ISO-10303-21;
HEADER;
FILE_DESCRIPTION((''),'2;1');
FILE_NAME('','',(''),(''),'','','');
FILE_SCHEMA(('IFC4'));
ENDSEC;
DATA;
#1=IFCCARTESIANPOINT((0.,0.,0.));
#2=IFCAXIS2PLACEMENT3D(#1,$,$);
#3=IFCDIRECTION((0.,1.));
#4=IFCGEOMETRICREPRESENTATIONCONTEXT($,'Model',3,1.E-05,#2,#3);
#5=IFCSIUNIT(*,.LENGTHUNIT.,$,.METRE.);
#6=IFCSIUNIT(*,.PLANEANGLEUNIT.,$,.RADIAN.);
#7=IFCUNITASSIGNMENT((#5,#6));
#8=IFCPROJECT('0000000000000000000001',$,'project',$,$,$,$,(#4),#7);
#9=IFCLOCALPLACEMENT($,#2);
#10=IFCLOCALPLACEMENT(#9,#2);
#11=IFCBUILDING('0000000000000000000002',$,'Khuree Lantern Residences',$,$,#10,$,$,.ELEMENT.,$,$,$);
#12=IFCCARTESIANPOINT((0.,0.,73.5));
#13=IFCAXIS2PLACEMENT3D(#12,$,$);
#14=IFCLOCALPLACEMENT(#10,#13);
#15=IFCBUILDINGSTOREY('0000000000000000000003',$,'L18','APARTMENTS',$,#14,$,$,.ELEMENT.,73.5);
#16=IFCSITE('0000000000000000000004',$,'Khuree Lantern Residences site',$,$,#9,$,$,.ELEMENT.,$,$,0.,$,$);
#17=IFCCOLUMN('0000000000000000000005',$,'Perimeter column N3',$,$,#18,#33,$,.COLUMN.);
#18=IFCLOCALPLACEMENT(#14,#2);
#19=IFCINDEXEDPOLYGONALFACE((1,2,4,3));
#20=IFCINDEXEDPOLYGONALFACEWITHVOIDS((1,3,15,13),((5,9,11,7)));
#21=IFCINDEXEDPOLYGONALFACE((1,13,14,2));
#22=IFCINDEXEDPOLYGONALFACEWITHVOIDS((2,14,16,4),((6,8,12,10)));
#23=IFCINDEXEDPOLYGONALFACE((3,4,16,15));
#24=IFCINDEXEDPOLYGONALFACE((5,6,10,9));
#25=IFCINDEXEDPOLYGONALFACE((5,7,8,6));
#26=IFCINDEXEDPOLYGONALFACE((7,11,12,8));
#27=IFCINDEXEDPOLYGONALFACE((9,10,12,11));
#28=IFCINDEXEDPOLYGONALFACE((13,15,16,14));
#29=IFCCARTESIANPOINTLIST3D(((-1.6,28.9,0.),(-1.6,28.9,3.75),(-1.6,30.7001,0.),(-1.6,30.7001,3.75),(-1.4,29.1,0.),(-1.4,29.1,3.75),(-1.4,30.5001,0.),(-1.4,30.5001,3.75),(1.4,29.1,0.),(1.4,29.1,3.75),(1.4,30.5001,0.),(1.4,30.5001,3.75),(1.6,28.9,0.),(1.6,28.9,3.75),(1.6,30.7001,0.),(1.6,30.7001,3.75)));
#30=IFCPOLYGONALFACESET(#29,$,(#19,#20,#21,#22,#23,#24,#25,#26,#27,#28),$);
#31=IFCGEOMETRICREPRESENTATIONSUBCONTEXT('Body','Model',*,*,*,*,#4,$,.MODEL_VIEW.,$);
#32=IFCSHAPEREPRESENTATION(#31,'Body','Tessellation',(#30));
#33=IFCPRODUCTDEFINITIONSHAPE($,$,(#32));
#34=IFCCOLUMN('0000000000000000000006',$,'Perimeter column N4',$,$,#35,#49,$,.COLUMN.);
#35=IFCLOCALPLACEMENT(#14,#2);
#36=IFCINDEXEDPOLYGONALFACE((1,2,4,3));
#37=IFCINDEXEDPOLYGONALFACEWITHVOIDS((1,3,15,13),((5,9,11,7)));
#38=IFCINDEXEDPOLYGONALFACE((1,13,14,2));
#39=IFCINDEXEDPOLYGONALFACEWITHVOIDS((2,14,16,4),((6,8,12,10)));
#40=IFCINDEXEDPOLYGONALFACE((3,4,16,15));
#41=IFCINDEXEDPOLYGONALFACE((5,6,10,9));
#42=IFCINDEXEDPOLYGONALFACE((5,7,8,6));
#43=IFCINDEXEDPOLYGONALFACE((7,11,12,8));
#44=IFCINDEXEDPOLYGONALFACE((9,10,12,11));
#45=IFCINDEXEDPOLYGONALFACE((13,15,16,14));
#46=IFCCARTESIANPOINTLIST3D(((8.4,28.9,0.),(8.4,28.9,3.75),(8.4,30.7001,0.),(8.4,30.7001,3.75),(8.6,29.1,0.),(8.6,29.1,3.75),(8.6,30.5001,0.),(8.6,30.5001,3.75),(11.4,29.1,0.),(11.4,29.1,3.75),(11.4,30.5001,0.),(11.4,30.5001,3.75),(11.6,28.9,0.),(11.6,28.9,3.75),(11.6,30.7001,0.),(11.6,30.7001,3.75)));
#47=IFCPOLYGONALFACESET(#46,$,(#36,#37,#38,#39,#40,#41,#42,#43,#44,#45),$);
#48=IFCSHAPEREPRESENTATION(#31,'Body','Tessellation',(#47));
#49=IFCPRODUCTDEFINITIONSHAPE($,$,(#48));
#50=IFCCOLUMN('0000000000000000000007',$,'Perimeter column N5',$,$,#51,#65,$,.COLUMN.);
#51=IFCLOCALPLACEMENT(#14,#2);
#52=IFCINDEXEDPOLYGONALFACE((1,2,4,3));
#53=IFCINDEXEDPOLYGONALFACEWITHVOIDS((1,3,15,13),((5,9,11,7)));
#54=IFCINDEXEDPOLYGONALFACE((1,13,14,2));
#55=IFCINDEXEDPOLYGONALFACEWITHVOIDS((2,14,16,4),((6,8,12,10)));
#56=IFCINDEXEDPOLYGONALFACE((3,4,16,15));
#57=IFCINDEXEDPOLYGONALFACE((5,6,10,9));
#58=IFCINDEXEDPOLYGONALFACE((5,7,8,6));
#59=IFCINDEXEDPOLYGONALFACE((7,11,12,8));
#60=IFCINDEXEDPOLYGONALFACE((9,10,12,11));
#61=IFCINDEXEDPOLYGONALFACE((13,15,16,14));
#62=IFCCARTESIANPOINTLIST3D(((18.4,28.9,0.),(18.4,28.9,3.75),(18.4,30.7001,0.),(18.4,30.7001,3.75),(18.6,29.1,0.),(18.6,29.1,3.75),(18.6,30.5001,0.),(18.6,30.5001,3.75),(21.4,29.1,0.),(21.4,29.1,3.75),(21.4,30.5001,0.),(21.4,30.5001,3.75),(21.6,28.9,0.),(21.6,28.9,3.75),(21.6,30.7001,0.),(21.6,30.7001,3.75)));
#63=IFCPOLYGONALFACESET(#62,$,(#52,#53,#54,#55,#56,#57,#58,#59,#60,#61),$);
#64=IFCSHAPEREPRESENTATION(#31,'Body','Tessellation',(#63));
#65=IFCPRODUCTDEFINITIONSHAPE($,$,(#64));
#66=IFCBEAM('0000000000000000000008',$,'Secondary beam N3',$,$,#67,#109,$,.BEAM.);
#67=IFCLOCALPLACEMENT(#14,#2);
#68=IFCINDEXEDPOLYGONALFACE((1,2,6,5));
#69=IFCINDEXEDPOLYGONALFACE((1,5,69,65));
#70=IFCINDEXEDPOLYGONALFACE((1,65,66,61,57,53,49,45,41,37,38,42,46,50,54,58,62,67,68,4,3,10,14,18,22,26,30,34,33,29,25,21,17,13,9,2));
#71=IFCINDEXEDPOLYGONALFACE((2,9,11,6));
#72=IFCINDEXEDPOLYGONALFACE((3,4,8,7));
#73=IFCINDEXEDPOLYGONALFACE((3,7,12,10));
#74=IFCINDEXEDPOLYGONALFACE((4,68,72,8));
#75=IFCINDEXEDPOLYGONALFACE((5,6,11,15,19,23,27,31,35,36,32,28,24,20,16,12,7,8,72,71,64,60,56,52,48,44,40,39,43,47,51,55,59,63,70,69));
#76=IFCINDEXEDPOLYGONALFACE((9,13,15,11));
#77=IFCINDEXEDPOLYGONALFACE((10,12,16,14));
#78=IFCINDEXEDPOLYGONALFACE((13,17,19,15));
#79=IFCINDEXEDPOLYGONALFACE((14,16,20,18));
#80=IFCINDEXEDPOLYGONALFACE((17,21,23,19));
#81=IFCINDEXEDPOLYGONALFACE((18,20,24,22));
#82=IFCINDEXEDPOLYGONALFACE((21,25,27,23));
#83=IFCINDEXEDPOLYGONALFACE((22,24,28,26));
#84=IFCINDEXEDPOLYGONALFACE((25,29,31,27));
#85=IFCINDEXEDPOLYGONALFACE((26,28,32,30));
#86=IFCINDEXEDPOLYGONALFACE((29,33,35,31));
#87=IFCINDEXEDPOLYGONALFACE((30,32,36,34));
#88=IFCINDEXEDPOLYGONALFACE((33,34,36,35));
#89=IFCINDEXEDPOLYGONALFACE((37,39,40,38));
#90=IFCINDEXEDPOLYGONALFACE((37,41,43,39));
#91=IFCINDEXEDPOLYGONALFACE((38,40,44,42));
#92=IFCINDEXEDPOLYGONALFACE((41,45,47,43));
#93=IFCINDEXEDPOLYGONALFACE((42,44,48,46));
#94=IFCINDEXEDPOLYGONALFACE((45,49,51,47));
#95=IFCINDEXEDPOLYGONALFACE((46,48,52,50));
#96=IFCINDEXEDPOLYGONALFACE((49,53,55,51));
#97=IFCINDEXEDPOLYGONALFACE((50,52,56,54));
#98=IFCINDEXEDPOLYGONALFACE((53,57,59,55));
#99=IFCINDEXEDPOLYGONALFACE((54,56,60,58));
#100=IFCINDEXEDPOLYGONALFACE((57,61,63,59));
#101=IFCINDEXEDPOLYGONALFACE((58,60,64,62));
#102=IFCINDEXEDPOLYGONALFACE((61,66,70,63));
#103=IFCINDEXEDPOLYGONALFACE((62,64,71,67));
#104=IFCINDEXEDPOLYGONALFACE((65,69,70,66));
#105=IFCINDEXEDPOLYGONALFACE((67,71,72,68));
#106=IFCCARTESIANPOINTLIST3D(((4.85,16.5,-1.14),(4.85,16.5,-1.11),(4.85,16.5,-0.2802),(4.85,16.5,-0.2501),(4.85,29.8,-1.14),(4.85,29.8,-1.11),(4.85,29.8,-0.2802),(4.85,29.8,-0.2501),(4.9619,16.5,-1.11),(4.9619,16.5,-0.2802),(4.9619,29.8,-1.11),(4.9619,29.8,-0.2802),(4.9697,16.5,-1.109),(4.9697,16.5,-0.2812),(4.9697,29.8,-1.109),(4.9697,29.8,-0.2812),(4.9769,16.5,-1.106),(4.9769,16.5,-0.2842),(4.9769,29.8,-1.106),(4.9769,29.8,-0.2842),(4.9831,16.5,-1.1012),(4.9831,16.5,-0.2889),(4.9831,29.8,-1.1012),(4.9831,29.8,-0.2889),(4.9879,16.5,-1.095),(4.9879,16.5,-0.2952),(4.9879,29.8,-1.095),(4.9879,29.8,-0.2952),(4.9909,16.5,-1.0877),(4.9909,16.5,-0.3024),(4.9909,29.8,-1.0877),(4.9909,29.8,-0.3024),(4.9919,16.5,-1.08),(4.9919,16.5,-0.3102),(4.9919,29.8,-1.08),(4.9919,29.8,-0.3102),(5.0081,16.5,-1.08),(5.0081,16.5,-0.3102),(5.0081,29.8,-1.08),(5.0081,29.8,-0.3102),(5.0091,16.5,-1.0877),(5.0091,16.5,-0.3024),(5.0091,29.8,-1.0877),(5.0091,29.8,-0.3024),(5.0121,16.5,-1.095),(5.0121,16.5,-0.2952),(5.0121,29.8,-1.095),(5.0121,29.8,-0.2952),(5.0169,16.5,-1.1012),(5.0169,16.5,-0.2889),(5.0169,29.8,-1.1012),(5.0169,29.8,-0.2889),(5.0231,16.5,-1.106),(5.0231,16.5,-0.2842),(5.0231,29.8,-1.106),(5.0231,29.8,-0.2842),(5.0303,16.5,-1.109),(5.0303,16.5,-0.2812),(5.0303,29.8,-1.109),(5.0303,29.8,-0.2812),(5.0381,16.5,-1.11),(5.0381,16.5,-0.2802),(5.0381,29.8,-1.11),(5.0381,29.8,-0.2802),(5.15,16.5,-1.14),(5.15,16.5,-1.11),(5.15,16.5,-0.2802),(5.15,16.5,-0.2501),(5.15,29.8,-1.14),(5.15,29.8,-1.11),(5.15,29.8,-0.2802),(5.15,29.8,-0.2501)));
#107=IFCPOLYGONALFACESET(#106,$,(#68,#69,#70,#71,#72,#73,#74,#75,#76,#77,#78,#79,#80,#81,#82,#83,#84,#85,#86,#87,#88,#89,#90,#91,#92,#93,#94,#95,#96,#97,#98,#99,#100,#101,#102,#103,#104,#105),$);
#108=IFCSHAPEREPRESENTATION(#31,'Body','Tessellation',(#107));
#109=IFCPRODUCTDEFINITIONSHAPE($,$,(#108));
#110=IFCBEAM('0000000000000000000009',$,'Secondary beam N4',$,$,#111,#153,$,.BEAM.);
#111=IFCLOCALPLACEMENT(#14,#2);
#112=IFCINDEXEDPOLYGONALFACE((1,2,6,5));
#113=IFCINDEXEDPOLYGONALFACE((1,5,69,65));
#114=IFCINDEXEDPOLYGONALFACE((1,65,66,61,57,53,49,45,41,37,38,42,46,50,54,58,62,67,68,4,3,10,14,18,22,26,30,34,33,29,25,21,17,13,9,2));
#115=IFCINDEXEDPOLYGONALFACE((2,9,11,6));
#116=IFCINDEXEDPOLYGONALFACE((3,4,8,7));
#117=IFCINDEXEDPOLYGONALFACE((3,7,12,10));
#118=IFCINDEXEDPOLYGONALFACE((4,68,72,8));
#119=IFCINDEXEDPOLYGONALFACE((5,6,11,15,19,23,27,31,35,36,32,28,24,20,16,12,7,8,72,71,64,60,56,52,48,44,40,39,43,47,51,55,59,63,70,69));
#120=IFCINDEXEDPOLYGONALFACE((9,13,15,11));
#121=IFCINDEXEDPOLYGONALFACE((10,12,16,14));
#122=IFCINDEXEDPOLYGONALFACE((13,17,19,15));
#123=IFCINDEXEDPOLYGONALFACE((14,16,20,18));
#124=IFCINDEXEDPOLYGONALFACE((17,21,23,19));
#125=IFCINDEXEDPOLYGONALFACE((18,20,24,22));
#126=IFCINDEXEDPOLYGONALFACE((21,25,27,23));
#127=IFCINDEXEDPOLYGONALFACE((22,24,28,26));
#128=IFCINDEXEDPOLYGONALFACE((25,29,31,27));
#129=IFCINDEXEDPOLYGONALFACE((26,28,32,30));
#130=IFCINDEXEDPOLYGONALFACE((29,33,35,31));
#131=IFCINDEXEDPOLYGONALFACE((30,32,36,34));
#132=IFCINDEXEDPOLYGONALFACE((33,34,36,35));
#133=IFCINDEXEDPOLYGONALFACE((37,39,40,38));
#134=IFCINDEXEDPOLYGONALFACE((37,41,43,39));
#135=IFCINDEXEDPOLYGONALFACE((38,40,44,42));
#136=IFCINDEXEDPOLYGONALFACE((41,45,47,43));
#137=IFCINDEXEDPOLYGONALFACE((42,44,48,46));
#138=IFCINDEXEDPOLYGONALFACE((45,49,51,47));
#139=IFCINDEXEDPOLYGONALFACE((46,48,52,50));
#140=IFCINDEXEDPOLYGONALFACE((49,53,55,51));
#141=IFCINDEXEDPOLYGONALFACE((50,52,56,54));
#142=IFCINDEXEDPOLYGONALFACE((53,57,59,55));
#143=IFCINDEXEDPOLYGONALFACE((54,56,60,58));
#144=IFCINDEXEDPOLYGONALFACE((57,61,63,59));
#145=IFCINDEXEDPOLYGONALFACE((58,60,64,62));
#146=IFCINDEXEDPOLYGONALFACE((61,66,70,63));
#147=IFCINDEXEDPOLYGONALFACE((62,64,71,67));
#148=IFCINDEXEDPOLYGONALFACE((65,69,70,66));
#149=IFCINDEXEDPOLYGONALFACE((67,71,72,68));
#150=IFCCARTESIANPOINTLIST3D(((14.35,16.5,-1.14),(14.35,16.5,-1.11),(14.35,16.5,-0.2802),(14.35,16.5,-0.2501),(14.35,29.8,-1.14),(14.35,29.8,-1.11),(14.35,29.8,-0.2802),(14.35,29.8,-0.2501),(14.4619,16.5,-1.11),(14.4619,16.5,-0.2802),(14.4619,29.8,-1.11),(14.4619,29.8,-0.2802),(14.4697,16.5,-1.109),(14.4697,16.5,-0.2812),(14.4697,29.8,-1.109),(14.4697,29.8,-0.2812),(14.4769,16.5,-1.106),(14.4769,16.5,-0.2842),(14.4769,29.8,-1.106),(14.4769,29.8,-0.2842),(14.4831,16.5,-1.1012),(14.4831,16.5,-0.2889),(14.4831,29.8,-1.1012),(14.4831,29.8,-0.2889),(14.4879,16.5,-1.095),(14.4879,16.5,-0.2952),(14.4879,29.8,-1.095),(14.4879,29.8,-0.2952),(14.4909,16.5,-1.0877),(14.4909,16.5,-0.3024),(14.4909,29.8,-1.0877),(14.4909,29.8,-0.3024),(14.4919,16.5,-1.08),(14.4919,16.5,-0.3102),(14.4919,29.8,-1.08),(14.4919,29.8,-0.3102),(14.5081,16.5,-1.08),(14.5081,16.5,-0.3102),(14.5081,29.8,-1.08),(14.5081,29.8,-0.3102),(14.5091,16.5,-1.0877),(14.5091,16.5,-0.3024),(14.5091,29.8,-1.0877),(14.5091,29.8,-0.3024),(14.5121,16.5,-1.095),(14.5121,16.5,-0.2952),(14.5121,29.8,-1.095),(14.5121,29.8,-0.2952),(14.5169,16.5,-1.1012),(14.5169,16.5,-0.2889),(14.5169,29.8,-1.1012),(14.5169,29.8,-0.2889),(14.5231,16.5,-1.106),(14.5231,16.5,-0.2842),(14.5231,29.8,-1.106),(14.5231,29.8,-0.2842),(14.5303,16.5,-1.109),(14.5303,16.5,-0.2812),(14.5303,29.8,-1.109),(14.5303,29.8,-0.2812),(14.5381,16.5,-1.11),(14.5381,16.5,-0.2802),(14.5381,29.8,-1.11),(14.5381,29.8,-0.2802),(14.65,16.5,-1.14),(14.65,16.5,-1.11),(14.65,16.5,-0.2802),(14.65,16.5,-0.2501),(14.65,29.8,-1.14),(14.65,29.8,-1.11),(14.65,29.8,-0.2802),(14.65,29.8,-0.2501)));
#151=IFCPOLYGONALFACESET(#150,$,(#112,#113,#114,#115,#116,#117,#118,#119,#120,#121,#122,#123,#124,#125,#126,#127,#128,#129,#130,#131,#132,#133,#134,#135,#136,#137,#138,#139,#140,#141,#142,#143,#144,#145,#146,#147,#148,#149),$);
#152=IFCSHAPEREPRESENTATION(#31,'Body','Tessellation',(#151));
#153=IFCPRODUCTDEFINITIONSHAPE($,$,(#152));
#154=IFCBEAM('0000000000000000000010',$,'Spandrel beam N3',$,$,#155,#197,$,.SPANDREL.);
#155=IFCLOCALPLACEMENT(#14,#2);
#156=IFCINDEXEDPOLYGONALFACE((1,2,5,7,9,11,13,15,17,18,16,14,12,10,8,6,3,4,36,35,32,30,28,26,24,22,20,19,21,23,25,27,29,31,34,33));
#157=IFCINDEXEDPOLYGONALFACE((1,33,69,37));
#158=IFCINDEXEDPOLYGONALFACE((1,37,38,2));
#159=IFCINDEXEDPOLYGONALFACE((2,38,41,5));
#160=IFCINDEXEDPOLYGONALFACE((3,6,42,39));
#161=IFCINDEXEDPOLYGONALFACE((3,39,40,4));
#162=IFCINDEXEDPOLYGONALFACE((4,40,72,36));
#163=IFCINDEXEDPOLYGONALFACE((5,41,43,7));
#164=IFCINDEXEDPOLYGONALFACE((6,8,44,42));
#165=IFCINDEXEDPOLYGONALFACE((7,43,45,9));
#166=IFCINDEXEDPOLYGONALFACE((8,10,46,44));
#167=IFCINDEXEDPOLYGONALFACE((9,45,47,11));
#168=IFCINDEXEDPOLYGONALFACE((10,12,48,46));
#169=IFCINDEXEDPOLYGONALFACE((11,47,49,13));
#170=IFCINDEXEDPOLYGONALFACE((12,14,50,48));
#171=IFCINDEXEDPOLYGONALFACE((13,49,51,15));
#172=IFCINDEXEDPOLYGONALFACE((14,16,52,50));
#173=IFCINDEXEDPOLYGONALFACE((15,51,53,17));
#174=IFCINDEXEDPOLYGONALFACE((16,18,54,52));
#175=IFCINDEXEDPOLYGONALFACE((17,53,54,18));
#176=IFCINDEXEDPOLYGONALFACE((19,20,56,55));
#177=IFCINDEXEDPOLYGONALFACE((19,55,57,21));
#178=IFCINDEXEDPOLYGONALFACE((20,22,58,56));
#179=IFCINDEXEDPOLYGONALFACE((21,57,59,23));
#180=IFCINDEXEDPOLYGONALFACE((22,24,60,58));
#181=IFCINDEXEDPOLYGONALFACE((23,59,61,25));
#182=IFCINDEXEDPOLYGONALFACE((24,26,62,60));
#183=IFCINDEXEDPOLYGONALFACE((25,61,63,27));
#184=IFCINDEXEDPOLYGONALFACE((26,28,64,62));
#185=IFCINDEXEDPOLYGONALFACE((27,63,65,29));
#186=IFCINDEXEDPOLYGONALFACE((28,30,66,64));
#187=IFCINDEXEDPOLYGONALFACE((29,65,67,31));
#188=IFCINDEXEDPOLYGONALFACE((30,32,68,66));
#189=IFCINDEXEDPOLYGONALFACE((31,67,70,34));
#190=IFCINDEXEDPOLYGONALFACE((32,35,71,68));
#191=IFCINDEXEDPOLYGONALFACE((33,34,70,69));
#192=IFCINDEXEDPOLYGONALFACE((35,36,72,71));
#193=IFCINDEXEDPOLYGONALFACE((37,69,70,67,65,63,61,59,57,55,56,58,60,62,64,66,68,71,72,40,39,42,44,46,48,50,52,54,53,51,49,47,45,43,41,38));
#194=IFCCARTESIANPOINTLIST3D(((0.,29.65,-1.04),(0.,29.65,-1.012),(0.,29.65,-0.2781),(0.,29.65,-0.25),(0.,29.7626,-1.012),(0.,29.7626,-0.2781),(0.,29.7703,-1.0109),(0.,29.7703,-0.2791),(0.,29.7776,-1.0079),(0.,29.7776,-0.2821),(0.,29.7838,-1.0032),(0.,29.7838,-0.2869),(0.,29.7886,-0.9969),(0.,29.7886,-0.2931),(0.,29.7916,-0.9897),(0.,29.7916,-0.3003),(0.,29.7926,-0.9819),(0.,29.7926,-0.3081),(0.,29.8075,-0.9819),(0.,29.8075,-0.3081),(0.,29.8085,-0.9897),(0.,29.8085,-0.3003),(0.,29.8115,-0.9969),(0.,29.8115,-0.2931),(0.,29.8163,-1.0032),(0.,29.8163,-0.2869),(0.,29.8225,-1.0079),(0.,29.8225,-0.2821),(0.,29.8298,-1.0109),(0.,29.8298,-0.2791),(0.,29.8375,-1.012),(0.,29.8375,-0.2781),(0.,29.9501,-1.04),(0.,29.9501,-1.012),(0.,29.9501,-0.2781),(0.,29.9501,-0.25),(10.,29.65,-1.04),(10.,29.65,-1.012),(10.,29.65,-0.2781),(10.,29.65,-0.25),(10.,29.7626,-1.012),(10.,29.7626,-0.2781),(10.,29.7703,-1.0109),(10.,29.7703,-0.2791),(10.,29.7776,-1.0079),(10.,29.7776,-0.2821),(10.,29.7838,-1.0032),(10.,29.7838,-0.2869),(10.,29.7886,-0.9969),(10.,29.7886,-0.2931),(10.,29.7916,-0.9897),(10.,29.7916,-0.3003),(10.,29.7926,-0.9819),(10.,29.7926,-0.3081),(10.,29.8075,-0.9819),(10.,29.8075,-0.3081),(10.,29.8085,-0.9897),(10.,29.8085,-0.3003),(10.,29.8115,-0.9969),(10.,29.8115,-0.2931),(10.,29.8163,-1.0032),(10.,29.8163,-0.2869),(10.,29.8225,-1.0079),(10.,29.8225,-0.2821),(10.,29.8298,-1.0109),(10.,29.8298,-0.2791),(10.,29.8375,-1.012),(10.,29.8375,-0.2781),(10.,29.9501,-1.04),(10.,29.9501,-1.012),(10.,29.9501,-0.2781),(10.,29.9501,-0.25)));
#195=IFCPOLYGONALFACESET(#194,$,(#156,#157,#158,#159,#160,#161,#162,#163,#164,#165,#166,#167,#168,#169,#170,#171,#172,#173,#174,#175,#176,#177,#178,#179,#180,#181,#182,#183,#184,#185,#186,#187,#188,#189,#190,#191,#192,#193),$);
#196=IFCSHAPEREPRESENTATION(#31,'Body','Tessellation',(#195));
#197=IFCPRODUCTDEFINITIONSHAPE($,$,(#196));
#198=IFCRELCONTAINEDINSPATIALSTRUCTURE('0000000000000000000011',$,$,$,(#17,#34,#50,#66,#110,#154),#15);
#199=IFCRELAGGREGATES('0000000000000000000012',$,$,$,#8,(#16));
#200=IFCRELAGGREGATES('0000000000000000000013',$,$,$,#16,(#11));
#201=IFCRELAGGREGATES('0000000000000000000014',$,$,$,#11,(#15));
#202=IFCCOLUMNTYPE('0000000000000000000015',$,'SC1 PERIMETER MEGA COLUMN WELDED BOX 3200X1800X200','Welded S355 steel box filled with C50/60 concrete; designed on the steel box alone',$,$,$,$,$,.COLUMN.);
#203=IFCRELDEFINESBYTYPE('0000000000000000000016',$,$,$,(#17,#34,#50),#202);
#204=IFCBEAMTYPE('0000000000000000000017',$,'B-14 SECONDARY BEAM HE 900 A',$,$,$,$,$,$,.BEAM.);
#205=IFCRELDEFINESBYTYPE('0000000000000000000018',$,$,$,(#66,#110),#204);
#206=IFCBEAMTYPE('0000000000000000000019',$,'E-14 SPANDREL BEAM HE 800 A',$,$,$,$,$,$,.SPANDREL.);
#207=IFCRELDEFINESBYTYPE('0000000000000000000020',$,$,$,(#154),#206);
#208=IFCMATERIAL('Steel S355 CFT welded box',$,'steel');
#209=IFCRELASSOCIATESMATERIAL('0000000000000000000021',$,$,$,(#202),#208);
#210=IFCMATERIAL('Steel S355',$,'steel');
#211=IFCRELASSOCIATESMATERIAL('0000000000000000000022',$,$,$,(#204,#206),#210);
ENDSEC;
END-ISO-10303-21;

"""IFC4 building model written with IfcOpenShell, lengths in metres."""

from ifc_helpers import new_model, si_unit, direction, frame, origin, origin_2d, place, context, subcontext, project, spatial, hollow_rectangle, i_section, extrude, material, material_profile, profile_set, type_object, element, save


model = new_model("IFC4")

# Units and contexts
model_context = context("Model", 3, precision=1e-05, world=origin(), true_north=direction((0.0, 1.0)))
body_context = subcontext(model_context, "Body", "Model", "MODEL_VIEW")
ifc_project = project(units=[si_unit("LENGTHUNIT", "METRE"), si_unit("PLANEANGLEUNIT", "RADIAN")], contexts=[model_context])

# Site, building, storey
site_placement = place(None, origin())
site = spatial("IfcSite", under=ifc_project, at=site_placement, Name="Khuree Lantern Residences site", CompositionType="ELEMENT", RefElevation=0.0)
building_placement = place(site_placement, origin())
building = spatial("IfcBuilding", under=site, at=building_placement, Name="Khuree Lantern Residences", CompositionType="ELEMENT")
storey_placement = place(building_placement, frame((0.0, 0.0, 73.5)))
storey = spatial("IfcBuildingStorey", under=building, at=storey_placement, Name="L18", Description="APARTMENTS", CompositionType="ELEMENT", Elevation=73.5)

# Columns
ifc_material_1 = material(Name="Steel S355 CFT welded box", Category="steel")
ifc_material_profile_1 = material_profile(ifc_material_1, hollow_rectangle(XDim=3.2, YDim=1.8, WallThickness=0.2, at=origin_2d()), Name="WELDED BOX 3200X1800X200")
ifc_profile_set_1 = profile_set([ifc_material_profile_1], Name="Steel S355 CFT welded box")
column_type = type_object("IfcColumnType", Name="SC1 PERIMETER MEGA COLUMN WELDED BOX 3200X1800X200", Description="Welded S355 steel box filled with C50/60 concrete; designed on the steel box alone", PredefinedType="COLUMN", material=ifc_profile_set_1)
for number, where, z_axis, x_axis, name in (
    (1, (0.0, 29.8, 0.0), (0.0, 0.0, 1.0), (1.0, 0.0, 0.0), "Perimeter column N3"),
    (2, (10.0, 29.8, 0.0), (0.0, 0.0, 1.0), (1.0, 0.0, 0.0), "Perimeter column N4"),
    (3, (20.0, 29.8, 0.0), (0.0, 0.0, 1.0), (1.0, 0.0, 0.0), "Perimeter column N5"),
):
    element("IfcColumn", number, at=place(storey_placement, frame(where, z_axis=z_axis, x_axis=x_axis)), inside=storey, type_object=column_type, Name=name, PredefinedType="COLUMN", context=body_context, shape_type="SweptSolid", body=[
        extrude(hollow_rectangle(XDim=3.2, YDim=1.8, WallThickness=0.2, at=origin_2d()), origin(), (0.0, 0.0, 1.0), 3.75),
    ])

# Beams
ifc_material_2 = material(Name="Steel S355", Category="steel")
ifc_material_profile_2 = material_profile(ifc_material_2, i_section(OverallWidth=0.3, OverallDepth=0.8899, WebThickness=0.0161, FlangeThickness=0.03, FilletRadius=0.03, at=origin_2d()), Name="HE 900 A")
ifc_profile_set_2 = profile_set([ifc_material_profile_2], Name="Steel S355")
beam_type_1 = type_object("IfcBeamType", Name="B-14 SECONDARY BEAM HE 900 A", PredefinedType="BEAM", material=ifc_profile_set_2)
for number, where, z_axis, x_axis, name in (
    (4, (5.0, 29.8, -0.6951), (0.0, -1.0, 0.0), (1.0, 0.0, 0.0), "Secondary beam N3"),
    (5, (14.5, 29.8, -0.6951), (0.0, -1.0, 0.0), (1.0, 0.0, 0.0), "Secondary beam N4"),
):
    element("IfcBeam", number, at=place(storey_placement, frame(where, z_axis=z_axis, x_axis=x_axis)), inside=storey, type_object=beam_type_1, Name=name, PredefinedType="BEAM", context=body_context, shape_type="SweptSolid", body=[
        extrude(i_section(OverallWidth=0.3, OverallDepth=0.8899, WebThickness=0.0161, FlangeThickness=0.03, FilletRadius=0.03, at=origin_2d()), origin(), (0.0, 0.0, 1.0), 13.3),
    ])
ifc_material_profile_3 = material_profile(ifc_material_2, i_section(OverallWidth=0.3, OverallDepth=0.79, WebThickness=0.0149, FlangeThickness=0.0281, FilletRadius=0.03, at=origin_2d()), Name="HE 800 A")
ifc_profile_set_3 = profile_set([ifc_material_profile_3], Name="Steel S355")
beam_type_2 = type_object("IfcBeamType", Name="E-14 SPANDREL BEAM HE 800 A", PredefinedType="SPANDREL", material=ifc_profile_set_3)
for number, where, z_axis, x_axis, name in (
    (6, (0.0, 29.8, -0.645), (1.0, 0.0, 0.0), (0.0, 1.0, 0.0), "Spandrel beam N3"),
):
    element("IfcBeam", number, at=place(storey_placement, frame(where, z_axis=z_axis, x_axis=x_axis)), inside=storey, type_object=beam_type_2, Name=name, PredefinedType="SPANDREL", context=body_context, shape_type="SweptSolid", body=[
        extrude(i_section(OverallWidth=0.3, OverallDepth=0.79, WebThickness=0.0149, FlangeThickness=0.0281, FilletRadius=0.03, at=origin_2d()), origin(), (0.0, 0.0, 1.0), 10.0),
    ])

save(model, "model.ifc")
